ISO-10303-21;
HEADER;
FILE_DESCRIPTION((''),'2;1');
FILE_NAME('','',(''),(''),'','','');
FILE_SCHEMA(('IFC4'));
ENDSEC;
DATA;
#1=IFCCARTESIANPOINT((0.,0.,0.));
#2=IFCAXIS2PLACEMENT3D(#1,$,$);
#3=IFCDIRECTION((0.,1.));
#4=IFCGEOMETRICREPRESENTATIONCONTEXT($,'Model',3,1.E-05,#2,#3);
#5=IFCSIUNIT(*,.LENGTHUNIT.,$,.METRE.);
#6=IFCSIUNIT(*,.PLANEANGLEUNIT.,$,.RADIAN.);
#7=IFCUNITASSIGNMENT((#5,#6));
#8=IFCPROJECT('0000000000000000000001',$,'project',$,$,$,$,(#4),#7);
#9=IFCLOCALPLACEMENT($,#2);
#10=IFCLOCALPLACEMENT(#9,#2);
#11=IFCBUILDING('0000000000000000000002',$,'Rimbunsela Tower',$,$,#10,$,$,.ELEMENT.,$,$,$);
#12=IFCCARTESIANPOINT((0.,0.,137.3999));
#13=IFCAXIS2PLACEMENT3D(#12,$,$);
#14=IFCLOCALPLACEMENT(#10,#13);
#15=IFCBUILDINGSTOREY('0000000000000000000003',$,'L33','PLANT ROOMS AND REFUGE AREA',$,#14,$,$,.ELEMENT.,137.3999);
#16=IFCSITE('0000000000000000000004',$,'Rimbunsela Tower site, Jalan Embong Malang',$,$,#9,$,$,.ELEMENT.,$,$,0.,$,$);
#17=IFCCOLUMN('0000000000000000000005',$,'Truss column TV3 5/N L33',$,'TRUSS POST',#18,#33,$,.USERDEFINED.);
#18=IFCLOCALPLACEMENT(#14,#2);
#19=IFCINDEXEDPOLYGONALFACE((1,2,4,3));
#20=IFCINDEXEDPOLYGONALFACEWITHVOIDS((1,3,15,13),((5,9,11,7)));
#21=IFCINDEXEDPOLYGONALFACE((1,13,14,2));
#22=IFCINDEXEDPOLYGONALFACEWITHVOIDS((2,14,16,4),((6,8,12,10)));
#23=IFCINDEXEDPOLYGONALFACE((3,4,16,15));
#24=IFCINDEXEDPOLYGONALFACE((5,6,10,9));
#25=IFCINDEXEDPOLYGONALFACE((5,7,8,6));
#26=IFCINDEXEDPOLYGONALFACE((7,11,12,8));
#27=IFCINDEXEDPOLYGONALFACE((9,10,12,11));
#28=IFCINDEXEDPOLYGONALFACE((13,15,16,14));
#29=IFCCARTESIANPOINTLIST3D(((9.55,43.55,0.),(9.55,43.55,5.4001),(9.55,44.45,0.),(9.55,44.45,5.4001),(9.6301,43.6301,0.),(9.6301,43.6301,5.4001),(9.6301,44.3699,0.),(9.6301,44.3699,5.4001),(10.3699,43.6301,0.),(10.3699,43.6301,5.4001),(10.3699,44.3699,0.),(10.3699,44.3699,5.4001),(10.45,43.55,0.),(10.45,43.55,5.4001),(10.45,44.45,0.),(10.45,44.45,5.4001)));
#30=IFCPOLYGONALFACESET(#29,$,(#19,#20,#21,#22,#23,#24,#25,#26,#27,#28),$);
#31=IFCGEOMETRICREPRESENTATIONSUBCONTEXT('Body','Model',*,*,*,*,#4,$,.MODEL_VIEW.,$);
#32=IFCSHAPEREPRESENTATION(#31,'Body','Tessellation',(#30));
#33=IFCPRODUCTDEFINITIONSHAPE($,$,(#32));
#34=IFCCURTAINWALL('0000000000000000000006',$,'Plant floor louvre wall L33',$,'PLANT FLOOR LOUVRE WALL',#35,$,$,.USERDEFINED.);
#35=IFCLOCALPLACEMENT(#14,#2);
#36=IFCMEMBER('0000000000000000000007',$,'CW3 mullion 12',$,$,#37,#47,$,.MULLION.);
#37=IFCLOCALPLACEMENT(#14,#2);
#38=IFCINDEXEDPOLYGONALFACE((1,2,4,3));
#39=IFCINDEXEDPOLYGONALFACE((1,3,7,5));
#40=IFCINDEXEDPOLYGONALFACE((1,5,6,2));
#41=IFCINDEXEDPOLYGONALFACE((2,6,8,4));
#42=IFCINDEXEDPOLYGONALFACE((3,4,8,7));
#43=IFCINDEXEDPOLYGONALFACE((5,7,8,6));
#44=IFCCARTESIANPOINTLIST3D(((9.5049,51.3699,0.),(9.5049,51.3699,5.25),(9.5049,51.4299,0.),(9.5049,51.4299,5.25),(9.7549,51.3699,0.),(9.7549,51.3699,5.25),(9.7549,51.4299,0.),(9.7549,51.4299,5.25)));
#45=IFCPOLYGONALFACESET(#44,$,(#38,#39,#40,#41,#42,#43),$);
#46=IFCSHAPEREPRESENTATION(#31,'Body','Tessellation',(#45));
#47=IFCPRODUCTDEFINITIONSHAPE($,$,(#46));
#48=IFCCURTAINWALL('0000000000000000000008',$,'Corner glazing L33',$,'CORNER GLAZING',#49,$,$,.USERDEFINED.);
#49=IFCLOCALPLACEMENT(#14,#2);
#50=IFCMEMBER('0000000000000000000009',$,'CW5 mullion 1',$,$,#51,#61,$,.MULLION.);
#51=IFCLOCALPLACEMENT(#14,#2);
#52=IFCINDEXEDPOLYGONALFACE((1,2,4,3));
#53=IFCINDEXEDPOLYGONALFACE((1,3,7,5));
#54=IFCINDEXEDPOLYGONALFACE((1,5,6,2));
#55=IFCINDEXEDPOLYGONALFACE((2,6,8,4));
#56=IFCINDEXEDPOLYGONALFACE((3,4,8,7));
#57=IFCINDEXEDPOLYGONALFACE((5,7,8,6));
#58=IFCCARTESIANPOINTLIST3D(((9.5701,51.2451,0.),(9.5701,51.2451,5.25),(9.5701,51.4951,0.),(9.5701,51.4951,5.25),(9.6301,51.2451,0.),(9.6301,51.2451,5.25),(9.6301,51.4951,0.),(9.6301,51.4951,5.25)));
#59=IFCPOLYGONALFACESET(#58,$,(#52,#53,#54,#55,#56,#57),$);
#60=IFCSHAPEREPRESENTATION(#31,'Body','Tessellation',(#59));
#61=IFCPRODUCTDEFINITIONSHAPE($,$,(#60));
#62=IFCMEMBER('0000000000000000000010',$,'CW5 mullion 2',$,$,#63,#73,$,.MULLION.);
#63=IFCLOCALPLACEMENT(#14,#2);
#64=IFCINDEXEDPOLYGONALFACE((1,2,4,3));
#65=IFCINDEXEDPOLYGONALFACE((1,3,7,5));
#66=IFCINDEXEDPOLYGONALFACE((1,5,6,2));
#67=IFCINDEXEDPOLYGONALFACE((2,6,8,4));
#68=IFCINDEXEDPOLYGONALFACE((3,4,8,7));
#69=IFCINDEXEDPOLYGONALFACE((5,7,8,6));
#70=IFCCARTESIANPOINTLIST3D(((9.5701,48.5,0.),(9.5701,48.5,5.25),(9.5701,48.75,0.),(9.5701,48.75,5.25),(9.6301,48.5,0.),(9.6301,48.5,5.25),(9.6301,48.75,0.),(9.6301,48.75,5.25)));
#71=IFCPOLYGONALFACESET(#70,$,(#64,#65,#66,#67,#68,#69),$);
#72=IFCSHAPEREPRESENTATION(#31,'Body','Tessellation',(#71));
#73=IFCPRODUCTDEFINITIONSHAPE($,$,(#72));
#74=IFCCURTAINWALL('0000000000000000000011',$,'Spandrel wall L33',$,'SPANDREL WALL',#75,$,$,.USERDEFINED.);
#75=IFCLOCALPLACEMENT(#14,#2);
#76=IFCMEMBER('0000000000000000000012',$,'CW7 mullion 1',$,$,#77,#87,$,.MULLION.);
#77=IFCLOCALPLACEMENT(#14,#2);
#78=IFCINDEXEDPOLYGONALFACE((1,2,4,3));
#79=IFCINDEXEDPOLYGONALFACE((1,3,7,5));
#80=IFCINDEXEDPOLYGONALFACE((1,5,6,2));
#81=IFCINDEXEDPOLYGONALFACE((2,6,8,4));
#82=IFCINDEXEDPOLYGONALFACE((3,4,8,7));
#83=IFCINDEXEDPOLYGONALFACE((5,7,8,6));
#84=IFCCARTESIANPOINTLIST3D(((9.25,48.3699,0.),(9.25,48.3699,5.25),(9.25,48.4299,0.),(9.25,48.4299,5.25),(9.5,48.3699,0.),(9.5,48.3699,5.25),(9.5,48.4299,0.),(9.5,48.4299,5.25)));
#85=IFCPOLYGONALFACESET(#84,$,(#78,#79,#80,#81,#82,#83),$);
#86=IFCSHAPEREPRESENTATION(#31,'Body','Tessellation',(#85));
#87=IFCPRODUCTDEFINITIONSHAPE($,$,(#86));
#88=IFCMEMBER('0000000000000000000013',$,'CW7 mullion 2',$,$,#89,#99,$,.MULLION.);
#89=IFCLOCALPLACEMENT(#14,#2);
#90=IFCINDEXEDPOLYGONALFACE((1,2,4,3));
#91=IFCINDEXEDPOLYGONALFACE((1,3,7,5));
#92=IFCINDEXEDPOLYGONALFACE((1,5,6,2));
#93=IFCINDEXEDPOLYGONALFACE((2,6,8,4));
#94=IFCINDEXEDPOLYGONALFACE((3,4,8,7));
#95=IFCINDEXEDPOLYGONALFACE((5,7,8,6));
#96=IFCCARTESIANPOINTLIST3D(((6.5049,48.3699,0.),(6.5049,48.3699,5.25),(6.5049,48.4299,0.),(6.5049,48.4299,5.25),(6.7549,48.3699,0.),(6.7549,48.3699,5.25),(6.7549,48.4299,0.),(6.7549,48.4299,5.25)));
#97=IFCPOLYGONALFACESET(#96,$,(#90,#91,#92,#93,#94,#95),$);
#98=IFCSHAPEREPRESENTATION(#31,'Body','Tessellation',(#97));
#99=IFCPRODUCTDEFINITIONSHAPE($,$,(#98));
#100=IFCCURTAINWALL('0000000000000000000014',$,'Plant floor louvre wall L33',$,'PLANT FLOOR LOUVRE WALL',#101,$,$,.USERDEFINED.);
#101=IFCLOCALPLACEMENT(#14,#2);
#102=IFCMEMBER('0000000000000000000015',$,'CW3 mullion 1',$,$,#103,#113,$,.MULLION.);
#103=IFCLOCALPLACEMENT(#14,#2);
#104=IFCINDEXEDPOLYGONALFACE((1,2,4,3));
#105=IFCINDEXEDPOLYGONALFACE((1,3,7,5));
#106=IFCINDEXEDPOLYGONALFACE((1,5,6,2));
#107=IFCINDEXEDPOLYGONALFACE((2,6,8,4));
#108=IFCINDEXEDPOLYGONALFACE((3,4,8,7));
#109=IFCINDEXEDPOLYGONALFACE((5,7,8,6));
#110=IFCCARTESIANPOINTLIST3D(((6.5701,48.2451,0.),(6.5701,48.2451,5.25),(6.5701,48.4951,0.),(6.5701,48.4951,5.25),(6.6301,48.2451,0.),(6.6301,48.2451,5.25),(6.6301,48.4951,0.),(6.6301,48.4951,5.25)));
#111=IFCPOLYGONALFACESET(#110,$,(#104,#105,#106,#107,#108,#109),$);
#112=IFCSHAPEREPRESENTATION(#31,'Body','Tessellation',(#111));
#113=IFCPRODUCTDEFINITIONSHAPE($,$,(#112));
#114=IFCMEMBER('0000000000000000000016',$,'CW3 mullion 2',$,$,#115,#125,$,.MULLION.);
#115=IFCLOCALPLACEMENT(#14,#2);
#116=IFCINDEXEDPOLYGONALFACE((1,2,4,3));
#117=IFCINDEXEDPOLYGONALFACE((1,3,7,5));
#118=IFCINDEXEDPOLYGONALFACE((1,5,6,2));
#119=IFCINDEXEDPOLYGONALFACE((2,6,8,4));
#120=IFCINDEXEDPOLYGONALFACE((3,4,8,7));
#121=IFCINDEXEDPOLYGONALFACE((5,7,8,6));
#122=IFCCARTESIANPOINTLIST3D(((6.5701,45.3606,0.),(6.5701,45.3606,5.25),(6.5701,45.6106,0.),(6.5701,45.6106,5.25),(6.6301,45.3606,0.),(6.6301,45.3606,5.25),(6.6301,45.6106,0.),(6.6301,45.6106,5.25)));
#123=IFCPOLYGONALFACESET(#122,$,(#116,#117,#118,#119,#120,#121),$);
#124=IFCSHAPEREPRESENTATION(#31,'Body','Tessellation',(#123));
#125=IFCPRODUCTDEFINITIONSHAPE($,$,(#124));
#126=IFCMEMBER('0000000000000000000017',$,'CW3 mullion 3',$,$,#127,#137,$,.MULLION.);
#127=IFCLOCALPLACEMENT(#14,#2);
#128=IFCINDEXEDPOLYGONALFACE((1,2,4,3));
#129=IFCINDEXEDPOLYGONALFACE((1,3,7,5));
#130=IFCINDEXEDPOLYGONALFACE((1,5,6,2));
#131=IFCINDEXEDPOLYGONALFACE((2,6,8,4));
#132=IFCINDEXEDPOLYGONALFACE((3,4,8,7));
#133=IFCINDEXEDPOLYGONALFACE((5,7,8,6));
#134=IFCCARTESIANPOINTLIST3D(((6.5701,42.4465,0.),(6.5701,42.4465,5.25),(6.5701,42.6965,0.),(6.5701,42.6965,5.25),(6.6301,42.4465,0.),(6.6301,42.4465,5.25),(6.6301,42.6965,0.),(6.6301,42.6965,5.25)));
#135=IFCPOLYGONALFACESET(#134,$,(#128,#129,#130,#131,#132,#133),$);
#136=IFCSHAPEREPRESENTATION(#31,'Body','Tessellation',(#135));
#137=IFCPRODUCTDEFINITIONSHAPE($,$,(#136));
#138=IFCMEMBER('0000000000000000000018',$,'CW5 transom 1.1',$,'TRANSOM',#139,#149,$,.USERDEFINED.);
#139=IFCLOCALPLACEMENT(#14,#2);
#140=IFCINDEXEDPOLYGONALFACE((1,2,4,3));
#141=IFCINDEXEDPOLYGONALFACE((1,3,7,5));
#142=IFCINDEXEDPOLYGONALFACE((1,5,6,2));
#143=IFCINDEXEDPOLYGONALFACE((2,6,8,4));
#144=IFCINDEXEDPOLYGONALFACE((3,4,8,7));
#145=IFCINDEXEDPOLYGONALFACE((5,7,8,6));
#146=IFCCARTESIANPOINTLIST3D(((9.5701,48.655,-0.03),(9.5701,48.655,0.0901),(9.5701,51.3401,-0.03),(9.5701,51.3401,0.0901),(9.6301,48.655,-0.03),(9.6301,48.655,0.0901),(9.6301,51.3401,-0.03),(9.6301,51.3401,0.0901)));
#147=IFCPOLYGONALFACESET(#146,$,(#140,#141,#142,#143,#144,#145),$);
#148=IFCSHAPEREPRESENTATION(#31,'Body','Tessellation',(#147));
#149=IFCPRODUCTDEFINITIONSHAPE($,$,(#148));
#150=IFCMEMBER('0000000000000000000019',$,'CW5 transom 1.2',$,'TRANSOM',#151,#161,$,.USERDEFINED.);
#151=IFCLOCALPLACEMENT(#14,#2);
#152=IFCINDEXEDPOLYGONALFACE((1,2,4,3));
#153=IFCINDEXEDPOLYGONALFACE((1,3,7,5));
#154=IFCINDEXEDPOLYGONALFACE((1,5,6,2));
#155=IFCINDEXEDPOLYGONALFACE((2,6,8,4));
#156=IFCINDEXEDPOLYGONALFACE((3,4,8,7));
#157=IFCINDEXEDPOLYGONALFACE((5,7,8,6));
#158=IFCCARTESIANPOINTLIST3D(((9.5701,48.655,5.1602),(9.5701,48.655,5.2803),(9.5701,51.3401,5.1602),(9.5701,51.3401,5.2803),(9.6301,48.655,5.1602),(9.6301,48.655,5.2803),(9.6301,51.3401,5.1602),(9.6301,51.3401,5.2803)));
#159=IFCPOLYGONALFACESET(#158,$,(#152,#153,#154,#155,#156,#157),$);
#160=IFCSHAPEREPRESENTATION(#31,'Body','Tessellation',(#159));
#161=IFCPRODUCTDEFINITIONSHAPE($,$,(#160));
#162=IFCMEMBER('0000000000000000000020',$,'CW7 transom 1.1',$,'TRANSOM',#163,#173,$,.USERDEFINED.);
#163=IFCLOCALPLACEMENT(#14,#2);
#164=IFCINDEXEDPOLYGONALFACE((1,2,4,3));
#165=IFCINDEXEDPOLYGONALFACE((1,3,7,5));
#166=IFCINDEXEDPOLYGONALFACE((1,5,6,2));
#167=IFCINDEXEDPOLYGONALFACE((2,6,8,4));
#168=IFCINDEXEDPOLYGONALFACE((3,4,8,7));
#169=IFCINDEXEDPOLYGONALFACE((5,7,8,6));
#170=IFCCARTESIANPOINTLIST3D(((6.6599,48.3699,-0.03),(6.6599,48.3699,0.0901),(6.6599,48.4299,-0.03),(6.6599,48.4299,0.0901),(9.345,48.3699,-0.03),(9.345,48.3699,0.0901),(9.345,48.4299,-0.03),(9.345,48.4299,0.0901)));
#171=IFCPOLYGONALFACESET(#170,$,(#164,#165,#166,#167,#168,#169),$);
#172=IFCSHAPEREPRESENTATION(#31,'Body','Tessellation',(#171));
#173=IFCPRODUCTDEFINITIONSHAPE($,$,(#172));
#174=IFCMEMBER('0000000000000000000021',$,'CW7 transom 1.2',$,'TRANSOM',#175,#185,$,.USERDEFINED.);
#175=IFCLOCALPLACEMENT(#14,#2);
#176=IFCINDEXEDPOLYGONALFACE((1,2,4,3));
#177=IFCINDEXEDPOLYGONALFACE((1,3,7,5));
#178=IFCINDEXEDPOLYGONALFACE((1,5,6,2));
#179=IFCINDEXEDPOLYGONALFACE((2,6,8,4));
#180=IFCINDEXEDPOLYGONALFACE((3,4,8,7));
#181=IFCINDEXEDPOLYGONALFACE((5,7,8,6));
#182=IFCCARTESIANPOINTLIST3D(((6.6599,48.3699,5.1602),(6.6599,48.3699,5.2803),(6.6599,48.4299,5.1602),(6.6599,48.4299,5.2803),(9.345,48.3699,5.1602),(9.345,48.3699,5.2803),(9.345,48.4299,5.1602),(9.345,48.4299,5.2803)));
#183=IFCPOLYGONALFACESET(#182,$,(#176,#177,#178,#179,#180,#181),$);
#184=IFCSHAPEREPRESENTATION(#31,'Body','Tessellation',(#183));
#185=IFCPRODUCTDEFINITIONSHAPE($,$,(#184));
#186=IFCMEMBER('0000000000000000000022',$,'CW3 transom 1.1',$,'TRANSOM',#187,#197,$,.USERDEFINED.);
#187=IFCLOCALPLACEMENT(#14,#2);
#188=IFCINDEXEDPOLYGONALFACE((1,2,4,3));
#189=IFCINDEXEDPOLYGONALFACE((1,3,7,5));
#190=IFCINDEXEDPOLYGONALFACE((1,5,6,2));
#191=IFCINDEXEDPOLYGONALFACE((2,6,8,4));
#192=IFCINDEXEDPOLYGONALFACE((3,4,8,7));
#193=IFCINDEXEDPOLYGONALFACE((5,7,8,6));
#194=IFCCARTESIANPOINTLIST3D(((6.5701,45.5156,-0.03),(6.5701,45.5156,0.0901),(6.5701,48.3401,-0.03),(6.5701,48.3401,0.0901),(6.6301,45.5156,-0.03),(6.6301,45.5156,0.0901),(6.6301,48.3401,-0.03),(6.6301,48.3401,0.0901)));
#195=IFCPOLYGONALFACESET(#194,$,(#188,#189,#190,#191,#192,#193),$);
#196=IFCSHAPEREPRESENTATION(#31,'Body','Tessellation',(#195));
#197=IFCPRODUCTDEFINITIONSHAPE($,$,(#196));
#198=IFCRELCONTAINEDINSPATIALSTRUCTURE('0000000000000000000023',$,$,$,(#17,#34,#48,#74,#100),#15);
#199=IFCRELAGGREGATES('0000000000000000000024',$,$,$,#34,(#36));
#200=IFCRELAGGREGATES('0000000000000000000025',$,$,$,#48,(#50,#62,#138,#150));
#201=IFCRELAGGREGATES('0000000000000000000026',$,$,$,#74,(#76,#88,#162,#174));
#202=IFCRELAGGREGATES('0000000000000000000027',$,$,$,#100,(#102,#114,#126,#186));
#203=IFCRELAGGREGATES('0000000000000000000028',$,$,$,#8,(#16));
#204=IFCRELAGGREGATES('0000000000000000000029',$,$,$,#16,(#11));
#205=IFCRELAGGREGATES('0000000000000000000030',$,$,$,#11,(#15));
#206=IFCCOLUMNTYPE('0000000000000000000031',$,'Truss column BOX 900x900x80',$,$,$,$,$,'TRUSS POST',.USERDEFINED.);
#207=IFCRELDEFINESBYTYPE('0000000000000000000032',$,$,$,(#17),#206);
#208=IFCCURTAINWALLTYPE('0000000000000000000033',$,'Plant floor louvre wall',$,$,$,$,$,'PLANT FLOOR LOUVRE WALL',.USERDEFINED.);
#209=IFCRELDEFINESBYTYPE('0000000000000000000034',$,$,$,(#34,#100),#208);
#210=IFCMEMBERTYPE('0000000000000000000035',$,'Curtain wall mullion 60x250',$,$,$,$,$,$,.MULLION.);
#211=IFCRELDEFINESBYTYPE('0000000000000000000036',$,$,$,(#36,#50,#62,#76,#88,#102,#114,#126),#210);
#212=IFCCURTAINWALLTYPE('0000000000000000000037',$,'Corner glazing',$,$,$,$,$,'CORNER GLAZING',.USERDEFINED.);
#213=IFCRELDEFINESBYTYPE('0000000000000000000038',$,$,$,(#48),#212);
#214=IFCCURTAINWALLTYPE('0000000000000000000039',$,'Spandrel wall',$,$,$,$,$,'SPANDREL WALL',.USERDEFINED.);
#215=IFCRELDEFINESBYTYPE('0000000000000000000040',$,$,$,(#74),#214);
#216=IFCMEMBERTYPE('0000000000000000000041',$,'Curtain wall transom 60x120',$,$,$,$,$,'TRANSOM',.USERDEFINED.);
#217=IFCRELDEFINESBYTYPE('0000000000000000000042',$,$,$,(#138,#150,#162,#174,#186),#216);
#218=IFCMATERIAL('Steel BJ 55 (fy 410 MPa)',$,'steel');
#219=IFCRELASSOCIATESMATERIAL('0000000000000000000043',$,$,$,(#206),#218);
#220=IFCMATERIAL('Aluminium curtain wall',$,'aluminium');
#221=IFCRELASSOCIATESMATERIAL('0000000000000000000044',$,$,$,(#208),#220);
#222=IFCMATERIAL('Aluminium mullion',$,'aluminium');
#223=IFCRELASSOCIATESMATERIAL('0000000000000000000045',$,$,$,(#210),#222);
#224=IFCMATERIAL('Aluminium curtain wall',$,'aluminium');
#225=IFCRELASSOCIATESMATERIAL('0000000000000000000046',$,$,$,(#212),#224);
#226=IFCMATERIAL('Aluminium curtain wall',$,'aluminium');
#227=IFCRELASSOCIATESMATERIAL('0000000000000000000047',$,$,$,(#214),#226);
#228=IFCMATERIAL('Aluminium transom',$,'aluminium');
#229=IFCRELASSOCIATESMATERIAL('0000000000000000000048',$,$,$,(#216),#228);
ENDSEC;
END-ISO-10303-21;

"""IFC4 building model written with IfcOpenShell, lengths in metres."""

from ifc_helpers import new_model, si_unit, direction, frame, origin, origin_2d, place, context, subcontext, project, spatial, rectangle, hollow_rectangle, extrude, material, material_profile, profile_set, type_object, element, aggregate, save


model = new_model("IFC4")

# Units and contexts
model_context = context("Model", 3, precision=1e-05, world=origin(), true_north=direction((0.0, 1.0)))
body_context = subcontext(model_context, "Body", "Model", "MODEL_VIEW")
ifc_project = project(units=[si_unit("LENGTHUNIT", "METRE"), si_unit("PLANEANGLEUNIT", "RADIAN")], contexts=[model_context])

# Site, building, storey
site_placement = place(None, origin())
site = spatial("IfcSite", under=ifc_project, at=site_placement, Name="Rimbunsela Tower site, Jalan Embong Malang", CompositionType="ELEMENT", RefElevation=0.0)
building_placement = place(site_placement, origin())
building = spatial("IfcBuilding", under=site, at=building_placement, Name="Rimbunsela Tower", CompositionType="ELEMENT")
storey_placement = place(building_placement, frame((0.0, 0.0, 137.3999)))
storey = spatial("IfcBuildingStorey", under=building, at=storey_placement, Name="L33", Description="PLANT ROOMS AND REFUGE AREA", CompositionType="ELEMENT", Elevation=137.3999)

# Column
ifc_material_1 = material(Name="Steel BJ 55 (fy 410 MPa)", Category="steel")
ifc_material_profile_1 = material_profile(ifc_material_1, hollow_rectangle(XDim=0.8999, YDim=0.8999, WallThickness=0.0801, at=origin_2d()), Name="BOX 900x900x80")
ifc_profile_set_1 = profile_set([ifc_material_profile_1], Name="Steel BJ 55 (fy 410 MPa)")
column_type = type_object("IfcColumnType", Name="Truss column BOX 900x900x80", ElementType="TRUSS POST", PredefinedType="USERDEFINED", material=ifc_profile_set_1)
column_placement = place(storey_placement, frame((10.0, 44.0, 0.0), z_axis=(0.0, 0.0, 1.0), x_axis=(1.0, 0.0, 0.0)))
element("IfcColumn", 1, at=column_placement, inside=storey, type_object=column_type, Name="Truss column TV3 5/N L33", ObjectType="TRUSS POST", PredefinedType="USERDEFINED", context=body_context, shape_type="SweptSolid", body=[
    extrude(hollow_rectangle(XDim=0.8999, YDim=0.8999, WallThickness=0.0801, at=origin_2d()), origin(), (0.0, 0.0, 1.0), 5.4001),
])

# Curtain wall, member
ifc_material_2 = material(Name="Aluminium curtain wall", Category="aluminium")
curtain_wall_type_1 = type_object("IfcCurtainWallType", Name="Plant floor louvre wall", ElementType="PLANT FLOOR LOUVRE WALL", PredefinedType="USERDEFINED", material=ifc_material_2)
curtain_wall_1_placement = place(storey_placement, origin())
curtain_wall_1 = element("IfcCurtainWall", 2, at=curtain_wall_1_placement, inside=storey, type_object=curtain_wall_type_1, Name="Plant floor louvre wall L33", ObjectType="PLANT FLOOR LOUVRE WALL", PredefinedType="USERDEFINED")
ifc_material_3 = material(Name="Aluminium mullion", Category="aluminium")
ifc_material_profile_2 = material_profile(ifc_material_3, rectangle(XDim=0.0601, YDim=0.25, at=origin_2d()), Name="Mullion 60x250")
ifc_profile_set_2 = profile_set([ifc_material_profile_2], Name="Aluminium mullion")
member_type_1 = type_object("IfcMemberType", Name="Curtain wall mullion 60x250", PredefinedType="MULLION", material=ifc_profile_set_2)
member_1_placement = place(storey_placement, frame((9.6299, 51.3999, 0.0), z_axis=(0.0, 0.0, 1.0), x_axis=(0.0, -1.0, 0.0)))
member_1 = element("IfcMember", 3, at=member_1_placement, type_object=member_type_1, Name="CW3 mullion 12", PredefinedType="MULLION", context=body_context, shape_type="SweptSolid", body=[
    extrude(rectangle(XDim=0.0601, YDim=0.25, at=origin_2d()), origin(), (0.0, 0.0, 1.0), 5.25),
])
aggregate(curtain_wall_1, [member_1])

# Curtain walls, members
ifc_material_4 = material(Name="Aluminium curtain wall", Category="aluminium")
curtain_wall_type_2 = type_object("IfcCurtainWallType", Name="Corner glazing", ElementType="CORNER GLAZING", PredefinedType="USERDEFINED", material=ifc_material_4)
curtain_wall_2_placement = place(storey_placement, origin())
curtain_wall_2 = element("IfcCurtainWall", 4, at=curtain_wall_2_placement, inside=storey, type_object=curtain_wall_type_2, Name="Corner glazing L33", ObjectType="CORNER GLAZING", PredefinedType="USERDEFINED")
member_2_placement = place(storey_placement, frame((9.6001, 51.3701, 0.0), z_axis=(0.0, 0.0, 1.0), x_axis=(1.0, 0.0, 0.0)))
member_2 = element("IfcMember", 5, at=member_2_placement, type_object=member_type_1, Name="CW5 mullion 1", PredefinedType="MULLION", context=body_context, shape_type="SweptSolid", body=[
    extrude(rectangle(XDim=0.0601, YDim=0.25, at=origin_2d()), origin(), (0.0, 0.0, 1.0), 5.25),
])
member_3_placement = place(storey_placement, frame((9.6001, 48.625, 0.0), z_axis=(0.0, 0.0, 1.0), x_axis=(1.0, 0.0, 0.0)))
member_3 = element("IfcMember", 6, at=member_3_placement, type_object=member_type_1, Name="CW5 mullion 2", PredefinedType="MULLION", context=body_context, shape_type="SweptSolid", body=[
    extrude(rectangle(XDim=0.0601, YDim=0.25, at=origin_2d()), origin(), (0.0, 0.0, 1.0), 5.25),
])
ifc_material_5 = material(Name="Aluminium curtain wall", Category="aluminium")
curtain_wall_type_3 = type_object("IfcCurtainWallType", Name="Spandrel wall", ElementType="SPANDREL WALL", PredefinedType="USERDEFINED", material=ifc_material_5)
curtain_wall_3_placement = place(storey_placement, origin())
curtain_wall_3 = element("IfcCurtainWall", 7, at=curtain_wall_3_placement, inside=storey, type_object=curtain_wall_type_3, Name="Spandrel wall L33", ObjectType="SPANDREL WALL", PredefinedType="USERDEFINED")
member_4_placement = place(storey_placement, frame((9.375, 48.3999, 0.0), z_axis=(0.0, 0.0, 1.0), x_axis=(0.0, -1.0, 0.0)))
member_4 = element("IfcMember", 8, at=member_4_placement, type_object=member_type_1, Name="CW7 mullion 1", PredefinedType="MULLION", context=body_context, shape_type="SweptSolid", body=[
    extrude(rectangle(XDim=0.0601, YDim=0.25, at=origin_2d()), origin(), (0.0, 0.0, 1.0), 5.25),
])
member_5_placement = place(storey_placement, frame((6.6299, 48.3999, 0.0), z_axis=(0.0, 0.0, 1.0), x_axis=(0.0, -1.0, 0.0)))
member_5 = element("IfcMember", 9, at=member_5_placement, type_object=member_type_1, Name="CW7 mullion 2", PredefinedType="MULLION", context=body_context, shape_type="SweptSolid", body=[
    extrude(rectangle(XDim=0.0601, YDim=0.25, at=origin_2d()), origin(), (0.0, 0.0, 1.0), 5.25),
])
curtain_wall_4_placement = place(storey_placement, origin())
curtain_wall_4 = element("IfcCurtainWall", 10, at=curtain_wall_4_placement, inside=storey, type_object=curtain_wall_type_1, Name="Plant floor louvre wall L33", ObjectType="PLANT FLOOR LOUVRE WALL", PredefinedType="USERDEFINED")
member_6_placement = place(storey_placement, frame((6.6001, 48.3701, 0.0), z_axis=(0.0, 0.0, 1.0), x_axis=(1.0, 0.0, 0.0)))
member_6 = element("IfcMember", 11, at=member_6_placement, type_object=member_type_1, Name="CW3 mullion 1", PredefinedType="MULLION", context=body_context, shape_type="SweptSolid", body=[
    extrude(rectangle(XDim=0.0601, YDim=0.25, at=origin_2d()), origin(), (0.0, 0.0, 1.0), 5.25),
])
member_7_placement = place(storey_placement, frame((6.6001, 45.4856, 0.0), z_axis=(0.0, 0.0, 1.0), x_axis=(1.0, 0.0, 0.0)))
member_7 = element("IfcMember", 12, at=member_7_placement, type_object=member_type_1, Name="CW3 mullion 2", PredefinedType="MULLION", context=body_context, shape_type="SweptSolid", body=[
    extrude(rectangle(XDim=0.0601, YDim=0.25, at=origin_2d()), origin(), (0.0, 0.0, 1.0), 5.25),
])
member_8_placement = place(storey_placement, frame((6.6001, 42.5715, 0.0), z_axis=(0.0, 0.0, 1.0), x_axis=(1.0, 0.0, 0.0)))
member_8 = element("IfcMember", 13, at=member_8_placement, type_object=member_type_1, Name="CW3 mullion 3", PredefinedType="MULLION", context=body_context, shape_type="SweptSolid", body=[
    extrude(rectangle(XDim=0.0601, YDim=0.25, at=origin_2d()), origin(), (0.0, 0.0, 1.0), 5.25),
])

# Members
ifc_material_6 = material(Name="Aluminium transom", Category="aluminium")
ifc_material_profile_3 = material_profile(ifc_material_6, rectangle(XDim=0.0601, YDim=0.1201, at=origin_2d()), Name="Transom 60x120")
ifc_profile_set_3 = profile_set([ifc_material_profile_3], Name="Aluminium transom")
member_type_2 = type_object("IfcMemberType", Name="Curtain wall transom 60x120", ElementType="TRANSOM", PredefinedType="USERDEFINED", material=ifc_profile_set_3)
member_9_placement = place(storey_placement, frame((9.6001, 51.3401, 0.03), z_axis=(0.0, -1.0, 0.0), x_axis=(1.0, 0.0, 0.0)))
member_9 = element("IfcMember", 14, at=member_9_placement, type_object=member_type_2, Name="CW5 transom 1.1", ObjectType="TRANSOM", PredefinedType="USERDEFINED", context=body_context, shape_type="SweptSolid", body=[
    extrude(rectangle(XDim=0.0601, YDim=0.1201, at=origin_2d()), origin(), (0.0, 0.0, 1.0), 2.6851),
])
member_10_placement = place(storey_placement, frame((9.6001, 51.3401, 5.2202), z_axis=(0.0, -1.0, 0.0), x_axis=(1.0, 0.0, 0.0)))
member_10 = element("IfcMember", 15, at=member_10_placement, type_object=member_type_2, Name="CW5 transom 1.2", ObjectType="TRANSOM", PredefinedType="USERDEFINED", context=body_context, shape_type="SweptSolid", body=[
    extrude(rectangle(XDim=0.0601, YDim=0.1201, at=origin_2d()), origin(), (0.0, 0.0, 1.0), 2.6851),
])
member_11_placement = place(storey_placement, frame((9.345, 48.3999, 0.03), z_axis=(-1.0, 0.0, 0.0), x_axis=(0.0, -1.0, 0.0)))
member_11 = element("IfcMember", 16, at=member_11_placement, type_object=member_type_2, Name="CW7 transom 1.1", ObjectType="TRANSOM", PredefinedType="USERDEFINED", context=body_context, shape_type="SweptSolid", body=[
    extrude(rectangle(XDim=0.0601, YDim=0.1201, at=origin_2d()), origin(), (0.0, 0.0, 1.0), 2.6851),
])
member_12_placement = place(storey_placement, frame((9.345, 48.3999, 5.2202), z_axis=(-1.0, 0.0, 0.0), x_axis=(0.0, -1.0, 0.0)))
member_12 = element("IfcMember", 17, at=member_12_placement, type_object=member_type_2, Name="CW7 transom 1.2", ObjectType="TRANSOM", PredefinedType="USERDEFINED", context=body_context, shape_type="SweptSolid", body=[
    extrude(rectangle(XDim=0.0601, YDim=0.1201, at=origin_2d()), origin(), (0.0, 0.0, 1.0), 2.6851),
])
member_13_placement = place(storey_placement, frame((6.6001, 48.3401, 0.03), z_axis=(0.0, -1.0, 0.0), x_axis=(1.0, 0.0, 0.0)))
member_13 = element("IfcMember", 18, at=member_13_placement, type_object=member_type_2, Name="CW3 transom 1.1", ObjectType="TRANSOM", PredefinedType="USERDEFINED", context=body_context, shape_type="SweptSolid", body=[
    extrude(rectangle(XDim=0.0601, YDim=0.1201, at=origin_2d()), origin(), (0.0, 0.0, 1.0), 2.8245),
])

aggregate(curtain_wall_2, [member_2, member_3, member_9, member_10])
aggregate(curtain_wall_3, [member_4, member_5, member_11, member_12])
aggregate(curtain_wall_4, [member_6, member_7, member_8, member_13])

save(model, "model.ifc")
